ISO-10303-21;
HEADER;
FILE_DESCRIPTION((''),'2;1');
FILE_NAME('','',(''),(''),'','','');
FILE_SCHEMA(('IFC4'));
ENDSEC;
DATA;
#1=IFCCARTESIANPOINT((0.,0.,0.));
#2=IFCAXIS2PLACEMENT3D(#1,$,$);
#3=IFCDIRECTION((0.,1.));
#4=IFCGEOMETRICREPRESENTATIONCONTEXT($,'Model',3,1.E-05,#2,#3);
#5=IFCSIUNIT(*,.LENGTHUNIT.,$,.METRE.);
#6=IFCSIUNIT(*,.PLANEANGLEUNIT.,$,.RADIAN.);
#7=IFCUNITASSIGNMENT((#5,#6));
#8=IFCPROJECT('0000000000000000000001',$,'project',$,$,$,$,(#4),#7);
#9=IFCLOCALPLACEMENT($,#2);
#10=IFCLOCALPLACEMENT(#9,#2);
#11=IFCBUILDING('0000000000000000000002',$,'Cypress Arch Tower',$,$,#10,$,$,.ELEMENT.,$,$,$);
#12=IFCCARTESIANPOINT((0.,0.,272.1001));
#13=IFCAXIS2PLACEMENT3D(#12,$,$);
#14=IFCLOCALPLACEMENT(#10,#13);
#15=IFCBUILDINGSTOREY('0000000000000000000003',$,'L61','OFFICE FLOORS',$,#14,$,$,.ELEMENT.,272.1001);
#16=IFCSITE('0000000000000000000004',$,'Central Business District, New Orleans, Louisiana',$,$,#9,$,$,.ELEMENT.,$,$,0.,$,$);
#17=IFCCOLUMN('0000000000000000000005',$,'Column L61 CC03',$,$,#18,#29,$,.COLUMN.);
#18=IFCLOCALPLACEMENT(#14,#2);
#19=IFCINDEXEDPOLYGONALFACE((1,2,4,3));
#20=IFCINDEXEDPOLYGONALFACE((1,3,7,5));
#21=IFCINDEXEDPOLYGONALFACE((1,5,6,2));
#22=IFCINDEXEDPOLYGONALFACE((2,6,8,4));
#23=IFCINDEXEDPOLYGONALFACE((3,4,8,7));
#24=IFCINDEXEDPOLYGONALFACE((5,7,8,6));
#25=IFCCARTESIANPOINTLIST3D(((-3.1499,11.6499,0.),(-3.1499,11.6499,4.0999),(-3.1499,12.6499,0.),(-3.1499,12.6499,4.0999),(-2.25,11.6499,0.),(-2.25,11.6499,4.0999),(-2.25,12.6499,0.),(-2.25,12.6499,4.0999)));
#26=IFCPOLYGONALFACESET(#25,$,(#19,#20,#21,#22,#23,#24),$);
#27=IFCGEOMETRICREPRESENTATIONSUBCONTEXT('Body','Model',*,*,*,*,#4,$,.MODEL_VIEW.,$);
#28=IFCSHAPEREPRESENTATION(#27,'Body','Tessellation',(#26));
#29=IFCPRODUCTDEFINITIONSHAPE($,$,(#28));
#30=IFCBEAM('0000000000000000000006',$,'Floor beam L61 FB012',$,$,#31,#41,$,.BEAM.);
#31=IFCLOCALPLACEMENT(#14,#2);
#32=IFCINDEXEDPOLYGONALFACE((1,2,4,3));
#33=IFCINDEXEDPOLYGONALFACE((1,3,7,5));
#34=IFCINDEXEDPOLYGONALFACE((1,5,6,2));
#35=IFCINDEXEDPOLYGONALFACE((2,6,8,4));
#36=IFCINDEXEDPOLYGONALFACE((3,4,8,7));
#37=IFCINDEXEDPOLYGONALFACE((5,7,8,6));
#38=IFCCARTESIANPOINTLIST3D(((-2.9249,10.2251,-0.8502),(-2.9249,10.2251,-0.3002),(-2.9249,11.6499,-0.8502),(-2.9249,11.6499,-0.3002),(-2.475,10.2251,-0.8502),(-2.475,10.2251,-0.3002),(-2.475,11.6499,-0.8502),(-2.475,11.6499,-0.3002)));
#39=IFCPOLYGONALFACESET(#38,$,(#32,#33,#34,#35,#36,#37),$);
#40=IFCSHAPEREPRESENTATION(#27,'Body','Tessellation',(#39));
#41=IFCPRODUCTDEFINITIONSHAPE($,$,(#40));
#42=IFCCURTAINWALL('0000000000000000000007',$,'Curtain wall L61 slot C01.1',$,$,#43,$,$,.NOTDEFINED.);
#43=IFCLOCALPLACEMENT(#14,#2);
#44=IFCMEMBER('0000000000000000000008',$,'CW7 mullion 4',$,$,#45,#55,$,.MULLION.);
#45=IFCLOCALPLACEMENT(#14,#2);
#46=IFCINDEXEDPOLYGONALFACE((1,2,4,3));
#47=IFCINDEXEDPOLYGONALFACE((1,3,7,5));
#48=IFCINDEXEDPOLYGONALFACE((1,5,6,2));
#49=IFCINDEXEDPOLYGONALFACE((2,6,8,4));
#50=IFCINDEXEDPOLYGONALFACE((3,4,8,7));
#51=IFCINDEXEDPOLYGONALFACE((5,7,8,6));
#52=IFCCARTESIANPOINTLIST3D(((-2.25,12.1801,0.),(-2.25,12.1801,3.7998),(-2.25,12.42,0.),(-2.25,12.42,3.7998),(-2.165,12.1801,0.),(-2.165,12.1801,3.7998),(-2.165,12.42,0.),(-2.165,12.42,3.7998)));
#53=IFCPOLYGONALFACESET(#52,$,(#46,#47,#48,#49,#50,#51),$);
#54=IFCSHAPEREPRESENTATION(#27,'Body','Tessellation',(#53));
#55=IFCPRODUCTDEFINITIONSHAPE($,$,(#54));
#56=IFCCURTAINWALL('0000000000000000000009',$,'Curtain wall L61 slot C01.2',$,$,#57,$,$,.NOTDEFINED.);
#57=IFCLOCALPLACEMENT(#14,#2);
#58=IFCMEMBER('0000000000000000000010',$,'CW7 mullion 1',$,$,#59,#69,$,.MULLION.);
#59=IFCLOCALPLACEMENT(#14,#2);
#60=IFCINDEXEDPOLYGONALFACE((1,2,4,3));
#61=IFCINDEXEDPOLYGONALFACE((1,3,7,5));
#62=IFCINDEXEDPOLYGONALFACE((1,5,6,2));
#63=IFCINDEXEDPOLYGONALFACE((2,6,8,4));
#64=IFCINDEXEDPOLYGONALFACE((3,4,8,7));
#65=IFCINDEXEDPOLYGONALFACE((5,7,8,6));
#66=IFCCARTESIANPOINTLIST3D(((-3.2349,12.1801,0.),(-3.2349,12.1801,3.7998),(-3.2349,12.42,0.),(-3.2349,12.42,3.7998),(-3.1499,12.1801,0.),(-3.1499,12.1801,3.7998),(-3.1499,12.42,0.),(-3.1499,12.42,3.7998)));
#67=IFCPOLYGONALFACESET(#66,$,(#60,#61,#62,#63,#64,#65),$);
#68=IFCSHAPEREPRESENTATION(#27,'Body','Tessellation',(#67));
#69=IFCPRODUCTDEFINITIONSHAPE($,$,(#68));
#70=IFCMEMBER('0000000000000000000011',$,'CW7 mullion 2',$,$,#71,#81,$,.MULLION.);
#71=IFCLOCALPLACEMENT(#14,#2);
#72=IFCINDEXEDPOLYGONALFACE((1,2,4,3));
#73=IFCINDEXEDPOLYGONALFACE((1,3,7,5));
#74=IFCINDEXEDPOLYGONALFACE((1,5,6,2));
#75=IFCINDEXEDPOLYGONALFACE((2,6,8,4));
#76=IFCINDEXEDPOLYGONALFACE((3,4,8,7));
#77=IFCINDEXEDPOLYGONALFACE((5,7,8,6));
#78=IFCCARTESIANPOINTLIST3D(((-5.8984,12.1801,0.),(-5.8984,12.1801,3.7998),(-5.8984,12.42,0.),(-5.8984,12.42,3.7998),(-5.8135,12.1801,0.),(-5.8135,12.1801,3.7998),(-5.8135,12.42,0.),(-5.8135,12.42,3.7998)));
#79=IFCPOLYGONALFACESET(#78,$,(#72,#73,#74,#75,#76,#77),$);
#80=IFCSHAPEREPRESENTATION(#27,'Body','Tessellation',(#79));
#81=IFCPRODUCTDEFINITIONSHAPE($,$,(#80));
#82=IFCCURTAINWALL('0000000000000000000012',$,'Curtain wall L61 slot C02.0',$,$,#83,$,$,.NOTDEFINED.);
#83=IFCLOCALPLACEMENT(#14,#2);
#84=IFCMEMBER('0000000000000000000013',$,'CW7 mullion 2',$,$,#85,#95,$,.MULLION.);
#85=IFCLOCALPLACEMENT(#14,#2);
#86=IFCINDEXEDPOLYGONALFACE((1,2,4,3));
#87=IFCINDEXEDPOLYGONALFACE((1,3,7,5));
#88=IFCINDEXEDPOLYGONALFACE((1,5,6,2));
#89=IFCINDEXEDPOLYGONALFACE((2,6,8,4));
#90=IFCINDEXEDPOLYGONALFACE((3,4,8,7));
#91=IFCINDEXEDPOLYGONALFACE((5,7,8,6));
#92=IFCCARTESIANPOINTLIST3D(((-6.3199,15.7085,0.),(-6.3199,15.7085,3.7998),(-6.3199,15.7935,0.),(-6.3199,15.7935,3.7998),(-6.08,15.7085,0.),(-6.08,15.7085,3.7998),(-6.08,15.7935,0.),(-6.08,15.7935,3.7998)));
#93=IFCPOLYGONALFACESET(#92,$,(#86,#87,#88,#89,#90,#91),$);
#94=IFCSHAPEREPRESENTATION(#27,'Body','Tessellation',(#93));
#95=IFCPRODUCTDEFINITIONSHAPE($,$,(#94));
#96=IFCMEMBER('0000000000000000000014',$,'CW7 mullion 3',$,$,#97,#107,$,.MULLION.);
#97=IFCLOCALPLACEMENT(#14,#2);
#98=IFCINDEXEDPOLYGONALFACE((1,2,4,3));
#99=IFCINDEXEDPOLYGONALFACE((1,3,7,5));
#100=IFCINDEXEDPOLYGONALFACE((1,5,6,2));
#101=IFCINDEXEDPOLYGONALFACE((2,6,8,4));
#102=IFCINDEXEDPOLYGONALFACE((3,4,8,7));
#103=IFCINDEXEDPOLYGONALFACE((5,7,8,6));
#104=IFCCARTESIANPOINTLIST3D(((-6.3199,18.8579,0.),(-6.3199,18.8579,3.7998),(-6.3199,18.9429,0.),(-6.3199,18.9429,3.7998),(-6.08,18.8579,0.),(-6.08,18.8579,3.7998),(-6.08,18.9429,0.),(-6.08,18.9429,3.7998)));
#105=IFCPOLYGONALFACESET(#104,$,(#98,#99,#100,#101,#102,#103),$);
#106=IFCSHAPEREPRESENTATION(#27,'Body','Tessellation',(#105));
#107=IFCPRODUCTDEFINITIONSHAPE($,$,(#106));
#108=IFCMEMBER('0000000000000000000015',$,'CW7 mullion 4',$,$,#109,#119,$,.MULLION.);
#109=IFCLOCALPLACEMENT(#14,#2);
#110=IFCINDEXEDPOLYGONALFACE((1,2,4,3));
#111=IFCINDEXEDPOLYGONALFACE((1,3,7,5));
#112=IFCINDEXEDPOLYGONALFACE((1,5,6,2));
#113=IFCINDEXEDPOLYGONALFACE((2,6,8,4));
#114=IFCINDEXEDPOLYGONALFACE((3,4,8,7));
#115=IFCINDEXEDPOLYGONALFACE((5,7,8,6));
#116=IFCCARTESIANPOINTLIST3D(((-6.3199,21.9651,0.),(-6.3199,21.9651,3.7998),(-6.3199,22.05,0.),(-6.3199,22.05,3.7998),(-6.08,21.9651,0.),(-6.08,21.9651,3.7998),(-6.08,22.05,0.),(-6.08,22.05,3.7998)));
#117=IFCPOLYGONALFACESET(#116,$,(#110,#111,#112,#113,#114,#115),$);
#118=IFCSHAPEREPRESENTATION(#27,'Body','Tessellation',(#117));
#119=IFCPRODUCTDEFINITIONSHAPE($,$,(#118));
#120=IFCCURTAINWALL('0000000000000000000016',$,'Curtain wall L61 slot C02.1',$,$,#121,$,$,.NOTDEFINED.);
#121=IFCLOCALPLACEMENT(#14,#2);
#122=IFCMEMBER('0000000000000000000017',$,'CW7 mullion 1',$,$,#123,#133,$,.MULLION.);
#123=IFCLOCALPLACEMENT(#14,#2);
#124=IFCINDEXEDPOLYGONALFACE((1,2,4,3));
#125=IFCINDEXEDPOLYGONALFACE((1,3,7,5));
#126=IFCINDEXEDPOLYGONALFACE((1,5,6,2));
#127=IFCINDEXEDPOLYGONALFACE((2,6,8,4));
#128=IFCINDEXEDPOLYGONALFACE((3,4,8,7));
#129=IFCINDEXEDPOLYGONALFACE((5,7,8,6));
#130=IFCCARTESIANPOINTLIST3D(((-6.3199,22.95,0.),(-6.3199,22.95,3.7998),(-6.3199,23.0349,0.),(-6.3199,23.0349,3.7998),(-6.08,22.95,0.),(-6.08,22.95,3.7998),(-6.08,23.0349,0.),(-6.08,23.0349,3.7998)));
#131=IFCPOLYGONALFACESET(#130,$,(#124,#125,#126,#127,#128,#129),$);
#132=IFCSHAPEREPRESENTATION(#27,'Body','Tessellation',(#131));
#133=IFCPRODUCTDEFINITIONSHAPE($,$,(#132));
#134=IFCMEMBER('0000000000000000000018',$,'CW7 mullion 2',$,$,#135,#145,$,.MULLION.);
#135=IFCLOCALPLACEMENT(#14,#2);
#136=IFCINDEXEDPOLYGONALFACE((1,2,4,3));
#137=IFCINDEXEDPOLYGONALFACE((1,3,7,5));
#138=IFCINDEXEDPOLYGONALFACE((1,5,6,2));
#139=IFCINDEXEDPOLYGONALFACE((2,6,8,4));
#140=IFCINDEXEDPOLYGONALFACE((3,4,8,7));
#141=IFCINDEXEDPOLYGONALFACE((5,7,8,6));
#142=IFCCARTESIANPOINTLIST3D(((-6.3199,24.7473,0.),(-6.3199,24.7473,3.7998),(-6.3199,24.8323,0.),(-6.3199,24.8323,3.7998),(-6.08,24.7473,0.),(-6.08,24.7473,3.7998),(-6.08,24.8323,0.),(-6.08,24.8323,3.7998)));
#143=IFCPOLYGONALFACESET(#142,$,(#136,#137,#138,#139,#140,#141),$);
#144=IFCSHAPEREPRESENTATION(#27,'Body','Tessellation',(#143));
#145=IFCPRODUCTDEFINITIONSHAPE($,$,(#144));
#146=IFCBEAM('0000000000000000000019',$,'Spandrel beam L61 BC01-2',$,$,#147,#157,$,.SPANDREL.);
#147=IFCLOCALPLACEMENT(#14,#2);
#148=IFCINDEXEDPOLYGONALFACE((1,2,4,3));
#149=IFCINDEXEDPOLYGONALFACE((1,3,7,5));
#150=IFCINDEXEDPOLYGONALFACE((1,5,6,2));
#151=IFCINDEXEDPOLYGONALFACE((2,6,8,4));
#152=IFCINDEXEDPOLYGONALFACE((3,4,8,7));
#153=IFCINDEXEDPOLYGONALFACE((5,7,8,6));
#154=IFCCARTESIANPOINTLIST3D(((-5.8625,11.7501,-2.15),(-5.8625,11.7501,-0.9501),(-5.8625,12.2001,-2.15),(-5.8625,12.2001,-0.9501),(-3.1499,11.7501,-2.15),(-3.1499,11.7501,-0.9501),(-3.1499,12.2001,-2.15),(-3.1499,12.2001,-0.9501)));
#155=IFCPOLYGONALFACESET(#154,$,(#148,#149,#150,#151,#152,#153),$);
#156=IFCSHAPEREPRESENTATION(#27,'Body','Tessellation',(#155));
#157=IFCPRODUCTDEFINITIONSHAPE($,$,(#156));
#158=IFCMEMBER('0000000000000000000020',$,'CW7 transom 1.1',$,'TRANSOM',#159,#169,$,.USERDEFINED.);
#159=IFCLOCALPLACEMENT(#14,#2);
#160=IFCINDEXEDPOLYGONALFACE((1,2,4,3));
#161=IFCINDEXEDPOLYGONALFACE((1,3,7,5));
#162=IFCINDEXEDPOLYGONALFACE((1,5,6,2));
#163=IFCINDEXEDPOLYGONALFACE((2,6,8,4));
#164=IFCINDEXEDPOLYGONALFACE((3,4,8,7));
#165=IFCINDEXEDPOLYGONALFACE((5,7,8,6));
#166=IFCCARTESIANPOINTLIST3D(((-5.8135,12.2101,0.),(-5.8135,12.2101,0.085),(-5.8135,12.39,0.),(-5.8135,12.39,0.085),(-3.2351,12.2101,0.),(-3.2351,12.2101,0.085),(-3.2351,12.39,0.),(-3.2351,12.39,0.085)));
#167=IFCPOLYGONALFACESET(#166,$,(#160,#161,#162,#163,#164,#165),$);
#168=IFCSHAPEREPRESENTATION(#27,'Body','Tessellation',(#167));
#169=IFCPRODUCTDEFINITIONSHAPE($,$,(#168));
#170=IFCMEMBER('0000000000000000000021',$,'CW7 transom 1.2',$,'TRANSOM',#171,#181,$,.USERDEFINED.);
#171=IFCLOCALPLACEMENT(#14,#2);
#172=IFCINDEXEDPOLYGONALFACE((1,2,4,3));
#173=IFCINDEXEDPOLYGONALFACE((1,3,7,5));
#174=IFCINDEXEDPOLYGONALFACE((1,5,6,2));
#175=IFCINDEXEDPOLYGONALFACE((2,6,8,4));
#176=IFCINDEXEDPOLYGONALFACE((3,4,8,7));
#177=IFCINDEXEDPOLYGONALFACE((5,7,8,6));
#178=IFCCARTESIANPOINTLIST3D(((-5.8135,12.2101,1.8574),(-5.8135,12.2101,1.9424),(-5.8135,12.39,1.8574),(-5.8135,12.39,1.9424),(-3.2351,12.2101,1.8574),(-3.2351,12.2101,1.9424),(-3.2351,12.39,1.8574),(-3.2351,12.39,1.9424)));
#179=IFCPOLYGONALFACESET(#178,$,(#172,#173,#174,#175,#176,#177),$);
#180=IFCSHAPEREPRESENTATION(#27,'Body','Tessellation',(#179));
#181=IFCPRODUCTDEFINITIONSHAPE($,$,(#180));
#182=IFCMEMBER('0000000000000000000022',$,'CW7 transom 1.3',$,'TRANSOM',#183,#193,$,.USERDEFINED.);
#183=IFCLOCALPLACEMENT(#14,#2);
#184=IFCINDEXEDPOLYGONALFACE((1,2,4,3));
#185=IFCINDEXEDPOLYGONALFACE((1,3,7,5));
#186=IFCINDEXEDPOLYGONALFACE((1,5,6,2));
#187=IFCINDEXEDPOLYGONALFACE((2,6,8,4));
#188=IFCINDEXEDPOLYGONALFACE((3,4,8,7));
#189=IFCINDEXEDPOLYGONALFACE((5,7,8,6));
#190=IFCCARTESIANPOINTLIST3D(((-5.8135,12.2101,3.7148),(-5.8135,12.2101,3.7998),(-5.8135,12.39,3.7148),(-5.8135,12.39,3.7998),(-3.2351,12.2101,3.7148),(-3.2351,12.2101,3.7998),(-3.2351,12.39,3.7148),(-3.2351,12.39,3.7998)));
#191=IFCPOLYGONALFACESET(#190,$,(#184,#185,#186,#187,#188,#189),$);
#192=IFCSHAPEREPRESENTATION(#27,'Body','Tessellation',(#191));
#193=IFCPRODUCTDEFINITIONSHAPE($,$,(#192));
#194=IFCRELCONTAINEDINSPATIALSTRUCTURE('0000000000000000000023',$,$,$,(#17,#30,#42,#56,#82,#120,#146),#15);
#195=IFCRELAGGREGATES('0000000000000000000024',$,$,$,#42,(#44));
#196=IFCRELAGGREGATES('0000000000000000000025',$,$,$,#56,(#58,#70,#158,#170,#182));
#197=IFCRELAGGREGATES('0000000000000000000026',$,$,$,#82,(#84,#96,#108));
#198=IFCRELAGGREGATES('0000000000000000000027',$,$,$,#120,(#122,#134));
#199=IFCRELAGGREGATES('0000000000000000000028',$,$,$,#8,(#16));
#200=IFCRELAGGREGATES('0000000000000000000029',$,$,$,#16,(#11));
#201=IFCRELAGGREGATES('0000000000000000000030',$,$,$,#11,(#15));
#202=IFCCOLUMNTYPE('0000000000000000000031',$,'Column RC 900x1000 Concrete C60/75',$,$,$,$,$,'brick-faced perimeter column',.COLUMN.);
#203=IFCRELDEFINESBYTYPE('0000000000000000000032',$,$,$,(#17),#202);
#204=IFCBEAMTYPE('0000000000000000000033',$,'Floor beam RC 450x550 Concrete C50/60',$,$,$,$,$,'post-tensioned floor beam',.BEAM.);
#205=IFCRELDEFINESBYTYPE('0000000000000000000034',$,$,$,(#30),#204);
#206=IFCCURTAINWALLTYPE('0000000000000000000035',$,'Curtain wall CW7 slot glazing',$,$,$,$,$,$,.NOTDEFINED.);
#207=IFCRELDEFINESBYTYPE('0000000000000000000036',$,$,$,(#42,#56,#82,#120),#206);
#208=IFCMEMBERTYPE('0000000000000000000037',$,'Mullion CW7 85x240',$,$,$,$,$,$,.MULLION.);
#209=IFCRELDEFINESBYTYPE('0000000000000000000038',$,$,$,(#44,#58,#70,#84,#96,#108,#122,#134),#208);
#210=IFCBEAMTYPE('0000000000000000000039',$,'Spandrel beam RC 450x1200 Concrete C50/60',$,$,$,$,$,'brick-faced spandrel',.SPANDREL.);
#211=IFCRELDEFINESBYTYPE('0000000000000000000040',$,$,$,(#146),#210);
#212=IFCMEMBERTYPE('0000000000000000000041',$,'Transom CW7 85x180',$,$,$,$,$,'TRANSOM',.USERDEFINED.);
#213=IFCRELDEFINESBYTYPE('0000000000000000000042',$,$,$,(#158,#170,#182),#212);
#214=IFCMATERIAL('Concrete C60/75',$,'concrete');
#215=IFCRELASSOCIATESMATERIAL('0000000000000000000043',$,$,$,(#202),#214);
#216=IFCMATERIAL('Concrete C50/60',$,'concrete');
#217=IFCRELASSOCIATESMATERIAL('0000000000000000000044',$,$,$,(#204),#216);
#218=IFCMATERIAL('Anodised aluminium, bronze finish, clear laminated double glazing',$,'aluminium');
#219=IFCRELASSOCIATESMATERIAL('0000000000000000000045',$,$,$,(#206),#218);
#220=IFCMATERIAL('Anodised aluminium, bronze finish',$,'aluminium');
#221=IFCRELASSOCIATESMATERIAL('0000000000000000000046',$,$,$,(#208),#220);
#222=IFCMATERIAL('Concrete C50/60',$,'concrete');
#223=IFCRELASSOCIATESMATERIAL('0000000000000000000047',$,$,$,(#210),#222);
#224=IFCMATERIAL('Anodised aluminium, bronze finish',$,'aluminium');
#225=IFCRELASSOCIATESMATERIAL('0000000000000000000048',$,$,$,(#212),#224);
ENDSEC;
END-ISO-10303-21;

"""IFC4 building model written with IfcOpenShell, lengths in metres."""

from ifc_helpers import new_model, si_unit, direction, frame, origin, origin_2d, place, context, subcontext, project, spatial, rectangle, extrude, material, material_profile, profile_set, type_object, element, aggregate, save


model = new_model("IFC4")

# Units and contexts
model_context = context("Model", 3, precision=1e-05, world=origin(), true_north=direction((0.0, 1.0)))
body_context = subcontext(model_context, "Body", "Model", "MODEL_VIEW")
ifc_project = project(units=[si_unit("LENGTHUNIT", "METRE"), si_unit("PLANEANGLEUNIT", "RADIAN")], contexts=[model_context])

# Site, building, storey
site_placement = place(None, origin())
site = spatial("IfcSite", under=ifc_project, at=site_placement, Name="Central Business District, New Orleans, Louisiana", CompositionType="ELEMENT", RefElevation=0.0)
building_placement = place(site_placement, origin())
building = spatial("IfcBuilding", under=site, at=building_placement, Name="Cypress Arch Tower", CompositionType="ELEMENT")
storey_placement = place(building_placement, frame((0.0, 0.0, 272.1001)))
storey = spatial("IfcBuildingStorey", under=building, at=storey_placement, Name="L61", Description="OFFICE FLOORS", CompositionType="ELEMENT", Elevation=272.1001)

# Column
ifc_material_1 = material(Name="Concrete C60/75", Category="concrete")
ifc_material_profile_1 = material_profile(ifc_material_1, rectangle(XDim=0.8999, YDim=1.0, at=origin_2d()), Name="RC 900x1000")
ifc_profile_set_1 = profile_set([ifc_material_profile_1], Name="Concrete C60/75")
column_type = type_object("IfcColumnType", Name="Column RC 900x1000 Concrete C60/75", ElementType="brick-faced perimeter column", PredefinedType="COLUMN", material=ifc_profile_set_1)
column_placement = place(storey_placement, frame((-2.7, 12.1499, 0.0), z_axis=(0.0, 0.0, 1.0), x_axis=(-1.0, 0.0, 0.0)))
element("IfcColumn", 1, at=column_placement, inside=storey, type_object=column_type, Name="Column L61 CC03", PredefinedType="COLUMN", context=body_context, shape_type="SweptSolid", body=[
    extrude(rectangle(XDim=0.8999, YDim=1.0, at=origin_2d()), origin(), (0.0, 0.0, 1.0), 4.0999),
])

# Beam
ifc_material_2 = material(Name="Concrete C50/60", Category="concrete")
ifc_material_profile_2 = material_profile(ifc_material_2, rectangle(XDim=0.45, YDim=0.55, at=origin_2d()), Name="RC 450x550")
ifc_profile_set_2 = profile_set([ifc_material_profile_2], Name="Concrete C50/60")
beam_type_1 = type_object("IfcBeamType", Name="Floor beam RC 450x550 Concrete C50/60", ElementType="post-tensioned floor beam", PredefinedType="BEAM", material=ifc_profile_set_2)
beam_1_placement = place(storey_placement, frame((-2.7, 10.2251, -0.5752), z_axis=(0.0, 1.0, 0.0), x_axis=(-1.0, 0.0, 0.0)))
element("IfcBeam", 2, at=beam_1_placement, inside=storey, type_object=beam_type_1, Name="Floor beam L61 FB012", PredefinedType="BEAM", context=body_context, shape_type="SweptSolid", body=[
    extrude(rectangle(XDim=0.45, YDim=0.55, at=origin_2d()), origin(), (0.0, 0.0, 1.0), 1.4248),
])

# Curtain wall, member
ifc_material_3 = material(Name="Anodised aluminium, bronze finish, clear laminated double glazing", Category="aluminium")
curtain_wall_type = type_object("IfcCurtainWallType", Name="Curtain wall CW7 slot glazing", PredefinedType="NOTDEFINED", material=ifc_material_3)
curtain_wall_1_placement = place(storey_placement, origin())
curtain_wall_1 = element("IfcCurtainWall", 3, at=curtain_wall_1_placement, inside=storey, type_object=curtain_wall_type, Name="Curtain wall L61 slot C01.1", PredefinedType="NOTDEFINED")
ifc_material_4 = material(Name="Anodised aluminium, bronze finish", Category="aluminium")
ifc_material_profile_3 = material_profile(ifc_material_4, rectangle(XDim=0.24, YDim=0.085, at=origin_2d()), Name="Mullion 85x240")
ifc_profile_set_3 = profile_set([ifc_material_profile_3], Name="Anodised aluminium, bronze finish")
member_type_1 = type_object("IfcMemberType", Name="Mullion CW7 85x240", PredefinedType="MULLION", material=ifc_profile_set_3)
member_1_placement = place(storey_placement, frame((-2.2075, 12.3, 0.0), z_axis=(0.0, 0.0, 1.0), x_axis=(0.0, -1.0, 0.0)))
member_1 = element("IfcMember", 4, at=member_1_placement, type_object=member_type_1, Name="CW7 mullion 4", PredefinedType="MULLION", context=body_context, shape_type="SweptSolid", body=[
    extrude(rectangle(XDim=0.24, YDim=0.085, at=origin_2d()), origin(), (0.0, 0.0, 1.0), 3.7998),
])

# Curtain walls, members
curtain_wall_2_placement = place(storey_placement, origin())
curtain_wall_2 = element("IfcCurtainWall", 5, at=curtain_wall_2_placement, inside=storey, type_object=curtain_wall_type, Name="Curtain wall L61 slot C01.2", PredefinedType="NOTDEFINED")
member_2_placement = place(storey_placement, frame((-3.1924, 12.3, 0.0), z_axis=(0.0, 0.0, 1.0), x_axis=(0.0, -1.0, 0.0)))
member_2 = element("IfcMember", 6, at=member_2_placement, type_object=member_type_1, Name="CW7 mullion 1", PredefinedType="MULLION", context=body_context, shape_type="SweptSolid", body=[
    extrude(rectangle(XDim=0.24, YDim=0.085, at=origin_2d()), origin(), (0.0, 0.0, 1.0), 3.7998),
])
member_3_placement = place(storey_placement, frame((-5.856, 12.3, 0.0), z_axis=(0.0, 0.0, 1.0), x_axis=(0.0, -1.0, 0.0)))
member_3 = element("IfcMember", 7, at=member_3_placement, type_object=member_type_1, Name="CW7 mullion 2", PredefinedType="MULLION", context=body_context, shape_type="SweptSolid", body=[
    extrude(rectangle(XDim=0.24, YDim=0.085, at=origin_2d()), origin(), (0.0, 0.0, 1.0), 3.7998),
])
curtain_wall_3_placement = place(storey_placement, origin())
curtain_wall_3 = element("IfcCurtainWall", 8, at=curtain_wall_3_placement, inside=storey, type_object=curtain_wall_type, Name="Curtain wall L61 slot C02.0", PredefinedType="NOTDEFINED")
member_4_placement = place(storey_placement, frame((-6.2, 15.751, 0.0), z_axis=(0.0, 0.0, 1.0), x_axis=(-1.0, 0.0, 0.0)))
member_4 = element("IfcMember", 9, at=member_4_placement, type_object=member_type_1, Name="CW7 mullion 2", PredefinedType="MULLION", context=body_context, shape_type="SweptSolid", body=[
    extrude(rectangle(XDim=0.24, YDim=0.085, at=origin_2d()), origin(), (0.0, 0.0, 1.0), 3.7998),
])
member_5_placement = place(storey_placement, frame((-6.2, 18.9004, 0.0), z_axis=(0.0, 0.0, 1.0), x_axis=(-1.0, 0.0, 0.0)))
member_5 = element("IfcMember", 10, at=member_5_placement, type_object=member_type_1, Name="CW7 mullion 3", PredefinedType="MULLION", context=body_context, shape_type="SweptSolid", body=[
    extrude(rectangle(XDim=0.24, YDim=0.085, at=origin_2d()), origin(), (0.0, 0.0, 1.0), 3.7998),
])
member_6_placement = place(storey_placement, frame((-6.2, 22.0076, 0.0), z_axis=(0.0, 0.0, 1.0), x_axis=(-1.0, 0.0, 0.0)))
member_6 = element("IfcMember", 11, at=member_6_placement, type_object=member_type_1, Name="CW7 mullion 4", PredefinedType="MULLION", context=body_context, shape_type="SweptSolid", body=[
    extrude(rectangle(XDim=0.24, YDim=0.085, at=origin_2d()), origin(), (0.0, 0.0, 1.0), 3.7998),
])
curtain_wall_4_placement = place(storey_placement, origin())
curtain_wall_4 = element("IfcCurtainWall", 12, at=curtain_wall_4_placement, inside=storey, type_object=curtain_wall_type, Name="Curtain wall L61 slot C02.1", PredefinedType="NOTDEFINED")
member_7_placement = place(storey_placement, frame((-6.2, 22.9924, 0.0), z_axis=(0.0, 0.0, 1.0), x_axis=(-1.0, 0.0, 0.0)))
member_7 = element("IfcMember", 13, at=member_7_placement, type_object=member_type_1, Name="CW7 mullion 1", PredefinedType="MULLION", context=body_context, shape_type="SweptSolid", body=[
    extrude(rectangle(XDim=0.24, YDim=0.085, at=origin_2d()), origin(), (0.0, 0.0, 1.0), 3.7998),
])
member_8_placement = place(storey_placement, frame((-6.2, 24.7898, 0.0), z_axis=(0.0, 0.0, 1.0), x_axis=(-1.0, 0.0, 0.0)))
member_8 = element("IfcMember", 14, at=member_8_placement, type_object=member_type_1, Name="CW7 mullion 2", PredefinedType="MULLION", context=body_context, shape_type="SweptSolid", body=[
    extrude(rectangle(XDim=0.24, YDim=0.085, at=origin_2d()), origin(), (0.0, 0.0, 1.0), 3.7998),
])

# Beam
ifc_material_5 = material(Name="Concrete C50/60", Category="concrete")
ifc_material_profile_4 = material_profile(ifc_material_5, rectangle(XDim=0.45, YDim=1.2, at=origin_2d()), Name="RC 450x1200")
ifc_profile_set_4 = profile_set([ifc_material_profile_4], Name="Concrete C50/60")
beam_type_2 = type_object("IfcBeamType", Name="Spandrel beam RC 450x1200 Concrete C50/60", ElementType="brick-faced spandrel", PredefinedType="SPANDREL", material=ifc_profile_set_4)
beam_2_placement = place(storey_placement, frame((-3.1499, 11.9751, -1.55), z_axis=(-1.0, 0.0, 0.0), x_axis=(0.0, -1.0, 0.0)))
element("IfcBeam", 15, at=beam_2_placement, inside=storey, type_object=beam_type_2, Name="Spandrel beam L61 BC01-2", PredefinedType="SPANDREL", context=body_context, shape_type="SweptSolid", body=[
    extrude(rectangle(XDim=0.45, YDim=1.2, at=origin_2d()), origin(), (0.0, 0.0, 1.0), 2.7126),
])

# Members
ifc_material_6 = material(Name="Anodised aluminium, bronze finish", Category="aluminium")
ifc_material_profile_5 = material_profile(ifc_material_6, rectangle(XDim=0.1799, YDim=0.085, at=origin_2d()), Name="Transom 85x180")
ifc_profile_set_5 = profile_set([ifc_material_profile_5], Name="Anodised aluminium, bronze finish")
member_type_2 = type_object("IfcMemberType", Name="Transom CW7 85x180", ElementType="TRANSOM", PredefinedType="USERDEFINED", material=ifc_profile_set_5)
member_9_placement = place(storey_placement, frame((-3.2351, 12.3, 0.0425), z_axis=(-1.0, 0.0, 0.0), x_axis=(0.0, -1.0, 0.0)))
member_9 = element("IfcMember", 16, at=member_9_placement, type_object=member_type_2, Name="CW7 transom 1.1", ObjectType="TRANSOM", PredefinedType="USERDEFINED", context=body_context, shape_type="SweptSolid", body=[
    extrude(rectangle(XDim=0.1799, YDim=0.085, at=origin_2d()), origin(), (0.0, 0.0, 1.0), 2.5784),
])
member_10_placement = place(storey_placement, frame((-3.2351, 12.3, 1.8999), z_axis=(-1.0, 0.0, 0.0), x_axis=(0.0, -1.0, 0.0)))
member_10 = element("IfcMember", 17, at=member_10_placement, type_object=member_type_2, Name="CW7 transom 1.2", ObjectType="TRANSOM", PredefinedType="USERDEFINED", context=body_context, shape_type="SweptSolid", body=[
    extrude(rectangle(XDim=0.1799, YDim=0.085, at=origin_2d()), origin(), (0.0, 0.0, 1.0), 2.5784),
])
member_11_placement = place(storey_placement, frame((-3.2351, 12.3, 3.7573), z_axis=(-1.0, 0.0, 0.0), x_axis=(0.0, -1.0, 0.0)))
member_11 = element("IfcMember", 18, at=member_11_placement, type_object=member_type_2, Name="CW7 transom 1.3", ObjectType="TRANSOM", PredefinedType="USERDEFINED", context=body_context, shape_type="SweptSolid", body=[
    extrude(rectangle(XDim=0.1799, YDim=0.085, at=origin_2d()), origin(), (0.0, 0.0, 1.0), 2.5784),
])

aggregate(curtain_wall_1, [member_1])
aggregate(curtain_wall_2, [member_2, member_3, member_9, member_10, member_11])
aggregate(curtain_wall_3, [member_4, member_5, member_6])
aggregate(curtain_wall_4, [member_7, member_8])

save(model, "model.ifc")
